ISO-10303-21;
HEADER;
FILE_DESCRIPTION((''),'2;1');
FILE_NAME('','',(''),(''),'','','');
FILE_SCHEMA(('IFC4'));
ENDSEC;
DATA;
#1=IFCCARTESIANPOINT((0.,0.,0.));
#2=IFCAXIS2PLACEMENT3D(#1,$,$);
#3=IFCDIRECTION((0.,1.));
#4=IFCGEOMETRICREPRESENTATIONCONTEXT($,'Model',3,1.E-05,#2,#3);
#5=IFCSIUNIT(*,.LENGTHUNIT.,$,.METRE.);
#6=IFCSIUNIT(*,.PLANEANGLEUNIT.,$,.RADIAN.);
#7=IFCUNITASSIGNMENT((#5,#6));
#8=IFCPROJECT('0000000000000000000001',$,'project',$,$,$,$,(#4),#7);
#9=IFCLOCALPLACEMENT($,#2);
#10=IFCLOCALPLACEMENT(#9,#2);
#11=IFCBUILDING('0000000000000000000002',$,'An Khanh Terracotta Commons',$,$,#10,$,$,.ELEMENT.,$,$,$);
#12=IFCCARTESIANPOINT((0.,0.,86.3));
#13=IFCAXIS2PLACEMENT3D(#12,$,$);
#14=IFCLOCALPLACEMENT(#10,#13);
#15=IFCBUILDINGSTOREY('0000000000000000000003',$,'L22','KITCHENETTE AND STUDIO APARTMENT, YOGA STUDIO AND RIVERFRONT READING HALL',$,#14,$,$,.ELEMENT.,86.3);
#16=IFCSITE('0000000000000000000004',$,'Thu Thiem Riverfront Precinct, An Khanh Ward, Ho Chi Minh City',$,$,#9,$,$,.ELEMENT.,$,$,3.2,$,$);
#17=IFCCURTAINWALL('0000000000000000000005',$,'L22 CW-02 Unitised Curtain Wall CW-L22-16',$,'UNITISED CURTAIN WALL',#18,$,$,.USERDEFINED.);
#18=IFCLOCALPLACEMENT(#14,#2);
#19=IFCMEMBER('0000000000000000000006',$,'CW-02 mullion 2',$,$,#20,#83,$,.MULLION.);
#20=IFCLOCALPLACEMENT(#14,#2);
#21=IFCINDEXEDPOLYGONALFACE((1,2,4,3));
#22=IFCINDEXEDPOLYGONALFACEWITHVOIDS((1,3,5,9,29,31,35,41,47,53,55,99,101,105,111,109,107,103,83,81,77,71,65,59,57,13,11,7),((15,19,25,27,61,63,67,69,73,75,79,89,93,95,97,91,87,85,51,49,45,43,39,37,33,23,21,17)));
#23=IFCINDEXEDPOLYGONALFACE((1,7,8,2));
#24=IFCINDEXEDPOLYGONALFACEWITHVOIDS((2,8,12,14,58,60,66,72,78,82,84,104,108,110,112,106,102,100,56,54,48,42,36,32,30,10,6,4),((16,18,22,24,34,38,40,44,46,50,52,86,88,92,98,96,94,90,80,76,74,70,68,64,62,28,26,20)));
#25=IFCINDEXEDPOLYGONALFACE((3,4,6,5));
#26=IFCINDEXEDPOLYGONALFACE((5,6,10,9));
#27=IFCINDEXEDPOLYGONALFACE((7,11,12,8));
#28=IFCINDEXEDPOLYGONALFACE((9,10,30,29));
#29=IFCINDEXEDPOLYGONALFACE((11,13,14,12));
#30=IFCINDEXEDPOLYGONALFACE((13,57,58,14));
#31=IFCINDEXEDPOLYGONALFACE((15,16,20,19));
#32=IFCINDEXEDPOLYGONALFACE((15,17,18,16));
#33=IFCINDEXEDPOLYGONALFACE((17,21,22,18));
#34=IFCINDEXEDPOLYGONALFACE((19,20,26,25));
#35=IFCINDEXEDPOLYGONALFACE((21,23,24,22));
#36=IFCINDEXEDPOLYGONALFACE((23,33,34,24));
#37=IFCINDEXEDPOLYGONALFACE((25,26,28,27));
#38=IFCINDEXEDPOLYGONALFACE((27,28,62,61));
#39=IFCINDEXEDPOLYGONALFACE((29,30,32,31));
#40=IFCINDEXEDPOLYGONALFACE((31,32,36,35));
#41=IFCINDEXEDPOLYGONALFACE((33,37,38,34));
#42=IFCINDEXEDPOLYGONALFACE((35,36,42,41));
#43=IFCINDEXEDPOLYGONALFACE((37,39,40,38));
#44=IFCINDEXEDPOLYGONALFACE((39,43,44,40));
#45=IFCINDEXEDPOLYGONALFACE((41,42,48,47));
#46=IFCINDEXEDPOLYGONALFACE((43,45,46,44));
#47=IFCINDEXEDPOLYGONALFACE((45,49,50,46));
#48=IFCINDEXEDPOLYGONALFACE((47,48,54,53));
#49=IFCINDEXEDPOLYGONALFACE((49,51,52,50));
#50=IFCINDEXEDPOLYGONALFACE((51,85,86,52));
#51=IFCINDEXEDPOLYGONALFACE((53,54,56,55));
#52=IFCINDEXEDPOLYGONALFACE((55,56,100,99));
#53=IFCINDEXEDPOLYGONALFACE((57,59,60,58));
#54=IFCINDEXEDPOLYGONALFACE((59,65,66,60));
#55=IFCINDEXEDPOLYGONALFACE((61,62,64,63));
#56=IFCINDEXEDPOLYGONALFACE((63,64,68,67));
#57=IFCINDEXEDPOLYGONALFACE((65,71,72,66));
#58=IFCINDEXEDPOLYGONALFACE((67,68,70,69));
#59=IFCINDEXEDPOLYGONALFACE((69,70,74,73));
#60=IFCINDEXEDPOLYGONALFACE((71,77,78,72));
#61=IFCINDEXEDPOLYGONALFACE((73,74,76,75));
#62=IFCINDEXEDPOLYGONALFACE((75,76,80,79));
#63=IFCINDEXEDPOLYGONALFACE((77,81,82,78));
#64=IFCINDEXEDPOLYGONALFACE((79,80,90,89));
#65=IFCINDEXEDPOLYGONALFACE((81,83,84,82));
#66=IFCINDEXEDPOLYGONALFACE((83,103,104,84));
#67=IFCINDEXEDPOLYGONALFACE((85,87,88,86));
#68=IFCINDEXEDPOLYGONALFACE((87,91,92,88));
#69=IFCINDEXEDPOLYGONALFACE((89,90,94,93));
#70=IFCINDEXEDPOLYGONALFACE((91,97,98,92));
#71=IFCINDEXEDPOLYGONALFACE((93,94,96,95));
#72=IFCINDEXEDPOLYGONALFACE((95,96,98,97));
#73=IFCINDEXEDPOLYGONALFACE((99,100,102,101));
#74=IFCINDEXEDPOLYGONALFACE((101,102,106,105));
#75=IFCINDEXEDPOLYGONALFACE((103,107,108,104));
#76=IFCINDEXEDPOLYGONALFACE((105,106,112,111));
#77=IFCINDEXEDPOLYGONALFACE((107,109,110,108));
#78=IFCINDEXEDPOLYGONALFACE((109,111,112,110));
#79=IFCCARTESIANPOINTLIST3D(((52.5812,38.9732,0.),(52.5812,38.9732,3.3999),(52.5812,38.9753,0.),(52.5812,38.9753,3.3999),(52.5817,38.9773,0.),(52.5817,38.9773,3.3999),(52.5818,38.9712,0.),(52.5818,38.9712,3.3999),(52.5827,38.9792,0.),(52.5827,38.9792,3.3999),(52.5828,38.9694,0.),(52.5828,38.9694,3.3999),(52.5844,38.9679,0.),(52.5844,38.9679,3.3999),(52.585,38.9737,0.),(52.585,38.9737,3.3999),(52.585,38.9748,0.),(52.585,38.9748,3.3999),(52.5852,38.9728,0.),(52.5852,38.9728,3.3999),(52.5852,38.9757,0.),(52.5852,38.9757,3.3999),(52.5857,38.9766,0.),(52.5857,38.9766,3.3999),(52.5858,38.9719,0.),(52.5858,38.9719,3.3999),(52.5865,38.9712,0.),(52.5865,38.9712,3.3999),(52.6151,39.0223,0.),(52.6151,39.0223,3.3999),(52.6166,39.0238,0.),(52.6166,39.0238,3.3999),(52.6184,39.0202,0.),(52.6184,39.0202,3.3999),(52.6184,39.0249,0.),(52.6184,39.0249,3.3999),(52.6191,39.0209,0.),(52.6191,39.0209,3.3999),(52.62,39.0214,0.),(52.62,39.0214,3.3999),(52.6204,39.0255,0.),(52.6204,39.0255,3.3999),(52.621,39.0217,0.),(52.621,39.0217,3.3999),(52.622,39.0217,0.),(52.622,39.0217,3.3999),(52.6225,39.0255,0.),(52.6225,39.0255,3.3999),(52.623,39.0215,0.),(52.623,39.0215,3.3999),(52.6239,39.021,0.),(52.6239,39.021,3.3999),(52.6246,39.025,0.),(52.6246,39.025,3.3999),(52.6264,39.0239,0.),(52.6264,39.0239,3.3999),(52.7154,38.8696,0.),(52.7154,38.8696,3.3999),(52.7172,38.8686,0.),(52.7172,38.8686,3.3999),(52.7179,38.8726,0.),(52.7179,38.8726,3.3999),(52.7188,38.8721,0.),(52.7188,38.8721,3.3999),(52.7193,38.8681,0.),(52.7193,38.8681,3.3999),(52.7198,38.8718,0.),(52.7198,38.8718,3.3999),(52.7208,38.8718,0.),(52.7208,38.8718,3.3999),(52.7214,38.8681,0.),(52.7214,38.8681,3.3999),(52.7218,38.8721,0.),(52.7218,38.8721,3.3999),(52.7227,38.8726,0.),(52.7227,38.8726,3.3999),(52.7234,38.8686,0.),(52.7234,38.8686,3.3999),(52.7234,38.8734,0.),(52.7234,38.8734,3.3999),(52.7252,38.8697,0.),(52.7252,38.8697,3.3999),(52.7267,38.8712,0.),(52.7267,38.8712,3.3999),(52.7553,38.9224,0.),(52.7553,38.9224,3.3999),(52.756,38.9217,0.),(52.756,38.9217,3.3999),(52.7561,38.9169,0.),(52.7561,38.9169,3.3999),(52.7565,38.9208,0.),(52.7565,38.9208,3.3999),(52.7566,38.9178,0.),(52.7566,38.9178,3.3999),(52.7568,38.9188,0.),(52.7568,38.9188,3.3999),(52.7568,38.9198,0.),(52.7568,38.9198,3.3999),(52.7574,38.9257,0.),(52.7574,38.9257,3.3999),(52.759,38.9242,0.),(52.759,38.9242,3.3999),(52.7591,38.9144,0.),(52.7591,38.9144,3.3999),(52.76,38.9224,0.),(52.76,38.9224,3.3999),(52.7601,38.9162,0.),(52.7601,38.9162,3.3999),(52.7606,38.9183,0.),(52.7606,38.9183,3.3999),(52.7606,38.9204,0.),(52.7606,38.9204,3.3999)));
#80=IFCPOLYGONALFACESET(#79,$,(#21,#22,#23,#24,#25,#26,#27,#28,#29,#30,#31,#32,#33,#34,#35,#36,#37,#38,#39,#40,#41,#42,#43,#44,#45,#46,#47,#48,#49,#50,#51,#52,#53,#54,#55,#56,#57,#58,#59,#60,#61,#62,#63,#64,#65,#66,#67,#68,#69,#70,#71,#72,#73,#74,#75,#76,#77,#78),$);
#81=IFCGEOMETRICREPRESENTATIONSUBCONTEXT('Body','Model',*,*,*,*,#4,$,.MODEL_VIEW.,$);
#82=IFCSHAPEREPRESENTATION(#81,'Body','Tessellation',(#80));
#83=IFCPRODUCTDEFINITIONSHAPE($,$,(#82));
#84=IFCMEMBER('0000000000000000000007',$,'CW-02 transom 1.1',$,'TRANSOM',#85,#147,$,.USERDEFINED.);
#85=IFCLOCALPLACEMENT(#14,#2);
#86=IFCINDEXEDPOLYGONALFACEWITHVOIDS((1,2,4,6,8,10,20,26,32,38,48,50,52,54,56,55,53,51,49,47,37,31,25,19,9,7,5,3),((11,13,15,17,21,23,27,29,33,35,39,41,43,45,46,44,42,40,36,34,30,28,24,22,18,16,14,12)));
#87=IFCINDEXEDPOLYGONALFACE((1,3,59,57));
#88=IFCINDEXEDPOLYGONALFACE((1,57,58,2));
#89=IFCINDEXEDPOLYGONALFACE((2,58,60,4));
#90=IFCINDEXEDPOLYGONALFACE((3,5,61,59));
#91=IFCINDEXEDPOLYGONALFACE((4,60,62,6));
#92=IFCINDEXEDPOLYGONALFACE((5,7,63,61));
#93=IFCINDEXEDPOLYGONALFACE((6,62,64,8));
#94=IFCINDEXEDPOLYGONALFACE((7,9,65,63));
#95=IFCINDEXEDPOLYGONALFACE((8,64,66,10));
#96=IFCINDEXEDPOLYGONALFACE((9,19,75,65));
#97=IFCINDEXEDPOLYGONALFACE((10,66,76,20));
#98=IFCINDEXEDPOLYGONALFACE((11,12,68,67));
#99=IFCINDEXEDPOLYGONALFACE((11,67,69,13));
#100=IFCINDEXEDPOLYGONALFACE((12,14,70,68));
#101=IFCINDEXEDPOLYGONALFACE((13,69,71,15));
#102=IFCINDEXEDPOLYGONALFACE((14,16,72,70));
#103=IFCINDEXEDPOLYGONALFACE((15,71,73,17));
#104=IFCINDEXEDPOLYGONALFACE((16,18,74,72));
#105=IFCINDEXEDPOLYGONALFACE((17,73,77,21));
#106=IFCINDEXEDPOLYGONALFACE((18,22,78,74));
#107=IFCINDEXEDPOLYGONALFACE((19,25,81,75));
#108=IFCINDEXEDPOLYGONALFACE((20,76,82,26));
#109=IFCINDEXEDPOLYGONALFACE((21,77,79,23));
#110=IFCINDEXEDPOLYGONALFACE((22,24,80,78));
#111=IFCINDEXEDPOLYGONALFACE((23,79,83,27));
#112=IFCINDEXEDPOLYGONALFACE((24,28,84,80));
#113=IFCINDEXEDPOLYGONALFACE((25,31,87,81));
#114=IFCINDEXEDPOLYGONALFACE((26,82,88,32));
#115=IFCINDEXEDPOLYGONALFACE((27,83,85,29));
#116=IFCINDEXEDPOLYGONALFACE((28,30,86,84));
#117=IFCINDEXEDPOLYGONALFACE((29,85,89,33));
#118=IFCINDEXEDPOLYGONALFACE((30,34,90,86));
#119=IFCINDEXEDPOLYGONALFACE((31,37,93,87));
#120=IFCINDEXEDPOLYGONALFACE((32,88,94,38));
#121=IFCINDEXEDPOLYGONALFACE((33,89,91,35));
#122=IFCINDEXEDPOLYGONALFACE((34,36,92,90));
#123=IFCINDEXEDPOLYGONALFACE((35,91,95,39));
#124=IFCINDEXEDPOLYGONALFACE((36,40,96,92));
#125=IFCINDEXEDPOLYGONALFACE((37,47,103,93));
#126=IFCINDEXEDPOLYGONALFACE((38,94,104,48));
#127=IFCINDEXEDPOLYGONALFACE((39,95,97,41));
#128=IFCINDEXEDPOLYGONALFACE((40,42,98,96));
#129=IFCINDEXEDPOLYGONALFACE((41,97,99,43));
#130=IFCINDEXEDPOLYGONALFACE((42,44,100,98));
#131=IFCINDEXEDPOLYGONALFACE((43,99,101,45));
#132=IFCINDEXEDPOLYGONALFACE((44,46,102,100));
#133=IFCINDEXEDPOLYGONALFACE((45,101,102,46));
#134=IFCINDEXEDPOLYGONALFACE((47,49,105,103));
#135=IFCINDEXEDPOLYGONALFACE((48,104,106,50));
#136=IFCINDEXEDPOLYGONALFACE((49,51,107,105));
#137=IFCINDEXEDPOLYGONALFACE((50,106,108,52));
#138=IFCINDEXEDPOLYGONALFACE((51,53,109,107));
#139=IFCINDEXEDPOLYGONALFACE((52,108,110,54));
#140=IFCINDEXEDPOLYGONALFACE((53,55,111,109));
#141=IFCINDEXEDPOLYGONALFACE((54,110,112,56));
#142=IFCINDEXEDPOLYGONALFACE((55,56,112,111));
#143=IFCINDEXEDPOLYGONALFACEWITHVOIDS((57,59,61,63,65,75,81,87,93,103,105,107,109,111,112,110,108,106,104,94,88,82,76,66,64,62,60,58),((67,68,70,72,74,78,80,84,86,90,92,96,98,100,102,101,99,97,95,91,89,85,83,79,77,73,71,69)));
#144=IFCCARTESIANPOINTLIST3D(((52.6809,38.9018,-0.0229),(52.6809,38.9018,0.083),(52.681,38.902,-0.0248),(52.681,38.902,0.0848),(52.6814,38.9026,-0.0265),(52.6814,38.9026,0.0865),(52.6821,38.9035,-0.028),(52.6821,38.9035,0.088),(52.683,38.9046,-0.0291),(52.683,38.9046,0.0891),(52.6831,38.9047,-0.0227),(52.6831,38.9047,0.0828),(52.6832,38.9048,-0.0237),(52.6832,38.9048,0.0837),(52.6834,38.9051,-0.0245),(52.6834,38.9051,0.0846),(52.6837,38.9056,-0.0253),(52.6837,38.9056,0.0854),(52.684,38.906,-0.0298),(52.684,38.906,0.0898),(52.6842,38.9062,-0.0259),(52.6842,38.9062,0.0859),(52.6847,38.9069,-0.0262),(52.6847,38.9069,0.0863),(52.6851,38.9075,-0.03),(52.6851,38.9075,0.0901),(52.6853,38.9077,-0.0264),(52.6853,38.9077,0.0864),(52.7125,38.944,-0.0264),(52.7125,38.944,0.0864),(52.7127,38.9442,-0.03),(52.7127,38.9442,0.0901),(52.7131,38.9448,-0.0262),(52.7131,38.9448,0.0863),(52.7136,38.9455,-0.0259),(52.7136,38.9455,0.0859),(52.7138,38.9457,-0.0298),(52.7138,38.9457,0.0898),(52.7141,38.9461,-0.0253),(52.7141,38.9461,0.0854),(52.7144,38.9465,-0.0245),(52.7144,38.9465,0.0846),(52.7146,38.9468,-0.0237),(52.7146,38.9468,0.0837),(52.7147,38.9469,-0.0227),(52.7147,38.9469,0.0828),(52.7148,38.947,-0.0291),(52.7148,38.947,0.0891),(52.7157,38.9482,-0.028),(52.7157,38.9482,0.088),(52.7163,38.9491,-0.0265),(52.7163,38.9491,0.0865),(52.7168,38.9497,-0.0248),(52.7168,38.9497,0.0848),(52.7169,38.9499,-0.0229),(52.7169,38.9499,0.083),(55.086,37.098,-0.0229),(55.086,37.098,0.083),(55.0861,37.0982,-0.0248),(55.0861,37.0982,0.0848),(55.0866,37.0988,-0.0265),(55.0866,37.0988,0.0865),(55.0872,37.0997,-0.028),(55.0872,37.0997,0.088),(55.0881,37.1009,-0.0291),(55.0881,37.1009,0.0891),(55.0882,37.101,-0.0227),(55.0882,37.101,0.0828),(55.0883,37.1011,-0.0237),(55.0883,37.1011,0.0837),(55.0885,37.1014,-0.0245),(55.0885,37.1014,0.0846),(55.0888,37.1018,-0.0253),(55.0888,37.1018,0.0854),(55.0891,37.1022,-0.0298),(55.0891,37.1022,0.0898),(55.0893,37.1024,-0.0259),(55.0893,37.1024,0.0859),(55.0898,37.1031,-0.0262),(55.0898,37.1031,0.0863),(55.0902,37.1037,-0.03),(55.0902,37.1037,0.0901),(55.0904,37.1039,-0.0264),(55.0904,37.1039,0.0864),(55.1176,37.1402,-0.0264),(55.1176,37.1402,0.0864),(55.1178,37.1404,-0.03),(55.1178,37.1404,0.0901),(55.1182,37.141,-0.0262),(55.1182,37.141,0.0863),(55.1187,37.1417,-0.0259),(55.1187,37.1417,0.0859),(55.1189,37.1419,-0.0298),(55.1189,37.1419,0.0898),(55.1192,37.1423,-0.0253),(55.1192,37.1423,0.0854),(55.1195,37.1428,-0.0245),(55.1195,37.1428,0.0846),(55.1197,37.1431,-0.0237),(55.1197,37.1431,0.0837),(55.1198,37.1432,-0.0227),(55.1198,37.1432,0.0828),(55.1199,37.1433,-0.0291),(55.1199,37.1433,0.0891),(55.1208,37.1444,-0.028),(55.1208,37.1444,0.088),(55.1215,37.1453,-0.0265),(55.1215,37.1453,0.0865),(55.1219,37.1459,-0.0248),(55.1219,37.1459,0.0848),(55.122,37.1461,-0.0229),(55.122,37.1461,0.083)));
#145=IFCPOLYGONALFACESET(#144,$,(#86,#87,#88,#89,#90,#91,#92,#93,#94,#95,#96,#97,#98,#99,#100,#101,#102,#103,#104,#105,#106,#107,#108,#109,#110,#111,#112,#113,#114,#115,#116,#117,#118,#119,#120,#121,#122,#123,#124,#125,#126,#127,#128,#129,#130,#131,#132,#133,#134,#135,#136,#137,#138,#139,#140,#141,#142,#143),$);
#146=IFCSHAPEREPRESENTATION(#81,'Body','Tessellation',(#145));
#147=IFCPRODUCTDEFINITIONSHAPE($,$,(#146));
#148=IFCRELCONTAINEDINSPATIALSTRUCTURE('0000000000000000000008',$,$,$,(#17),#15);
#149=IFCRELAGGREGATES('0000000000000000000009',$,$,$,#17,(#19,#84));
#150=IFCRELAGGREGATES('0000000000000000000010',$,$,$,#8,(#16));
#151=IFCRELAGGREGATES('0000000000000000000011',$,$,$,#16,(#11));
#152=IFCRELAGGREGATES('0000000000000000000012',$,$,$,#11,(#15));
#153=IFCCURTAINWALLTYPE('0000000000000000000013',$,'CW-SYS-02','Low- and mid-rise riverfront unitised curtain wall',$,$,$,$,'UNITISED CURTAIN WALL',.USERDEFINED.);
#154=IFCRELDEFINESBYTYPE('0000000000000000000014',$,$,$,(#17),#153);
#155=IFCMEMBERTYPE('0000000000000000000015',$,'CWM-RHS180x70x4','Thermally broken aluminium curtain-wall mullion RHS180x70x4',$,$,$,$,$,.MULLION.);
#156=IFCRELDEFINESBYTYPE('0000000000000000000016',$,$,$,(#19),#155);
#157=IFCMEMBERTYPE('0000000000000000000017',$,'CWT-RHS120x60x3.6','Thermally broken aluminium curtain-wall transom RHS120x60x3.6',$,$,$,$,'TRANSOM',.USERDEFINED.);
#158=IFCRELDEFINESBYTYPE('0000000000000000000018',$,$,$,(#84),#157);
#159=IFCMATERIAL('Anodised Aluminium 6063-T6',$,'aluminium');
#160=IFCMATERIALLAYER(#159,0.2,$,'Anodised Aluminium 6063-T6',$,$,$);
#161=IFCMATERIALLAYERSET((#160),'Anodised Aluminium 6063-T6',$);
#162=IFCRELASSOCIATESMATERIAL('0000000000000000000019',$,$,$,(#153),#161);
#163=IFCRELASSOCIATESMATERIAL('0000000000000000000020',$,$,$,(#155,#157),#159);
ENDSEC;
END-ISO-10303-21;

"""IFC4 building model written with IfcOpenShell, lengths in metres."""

from ifc_helpers import new_model, si_unit, direction, frame, origin, origin_2d, place, context, subcontext, project, spatial, hollow_rectangle, extrude, material, layer, layer_set, material_profile, profile_set, type_object, element, aggregate, save


model = new_model("IFC4")

# Units and contexts
model_context = context("Model", 3, precision=1e-05, world=origin(), true_north=direction((0.0, 1.0)))
body_context = subcontext(model_context, "Body", "Model", "MODEL_VIEW")
ifc_project = project(units=[si_unit("LENGTHUNIT", "METRE"), si_unit("PLANEANGLEUNIT", "RADIAN")], contexts=[model_context])

# Site, building, storey
site_placement = place(None, origin())
site = spatial("IfcSite", under=ifc_project, at=site_placement, Name="Thu Thiem Riverfront Precinct, An Khanh Ward, Ho Chi Minh City", CompositionType="ELEMENT", RefElevation=3.2)
building_placement = place(site_placement, origin())
building = spatial("IfcBuilding", under=site, at=building_placement, Name="An Khanh Terracotta Commons", CompositionType="ELEMENT")
storey_placement = place(building_placement, frame((0.0, 0.0, 86.3)))
storey = spatial("IfcBuildingStorey", under=building, at=storey_placement, Name="L22", Description="KITCHENETTE AND STUDIO APARTMENT, YOGA STUDIO AND RIVERFRONT READING HALL", CompositionType="ELEMENT", Elevation=86.3)

# Shared definitions
ifc_material_1 = material(Name="Anodised Aluminium 6063-T6", Category="aluminium")
ifc_layer_1 = layer(ifc_material_1, 0.2, Name="Anodised Aluminium 6063-T6")
ifc_layer_set_1 = layer_set([ifc_layer_1], Name="Anodised Aluminium 6063-T6")
curtain_wall_type = type_object("IfcCurtainWallType", Name="CW-SYS-02", Description="Low- and mid-rise riverfront unitised curtain wall", ElementType="UNITISED CURTAIN WALL", PredefinedType="USERDEFINED", material=ifc_layer_set_1)
ifc_material_profile_1 = material_profile(ifc_material_1, hollow_rectangle(XDim=0.0701, YDim=0.1799, WallThickness=0.0039, InnerFilletRadius=0.0039, OuterFilletRadius=0.0081, at=origin_2d()), Name="RHS180x70x4")
ifc_profile_set_1 = profile_set([ifc_material_profile_1], Name="Anodised Aluminium 6063-T6")
member_type_1 = type_object("IfcMemberType", Name="CWM-RHS180x70x4", Description="Thermally broken aluminium curtain-wall mullion RHS180x70x4", PredefinedType="MULLION", material=ifc_profile_set_1)

# Curtain wall, members
curtain_wall_1_placement = place(storey_placement, origin())
curtain_wall_1 = element("IfcCurtainWall", 1, at=curtain_wall_1_placement, inside=storey, type_object=curtain_wall_type, Name="L22 CW-02 Unitised Curtain Wall CW-L22-16", ObjectType="UNITISED CURTAIN WALL", PredefinedType="USERDEFINED")
member_1_placement = place(storey_placement, frame((52.6709, 38.9468, 0.0), z_axis=(0.0, 0.0, 1.0), x_axis=(-0.599983, -0.800013, 0.0)))
member_1 = element("IfcMember", 2, at=member_1_placement, type_object=member_type_1, Name="CW-02 mullion 2", PredefinedType="MULLION", context=body_context, shape_type="SweptSolid", body=[
    extrude(hollow_rectangle(XDim=0.0701, YDim=0.1799, WallThickness=0.0039, InnerFilletRadius=0.0039, OuterFilletRadius=0.0081, at=origin_2d()), origin(), (0.0, 0.0, 1.0), 3.3999),
])
ifc_material_profile_2 = material_profile(ifc_material_1, hollow_rectangle(XDim=0.0601, YDim=0.1201, WallThickness=0.0037, InnerFilletRadius=0.0037, OuterFilletRadius=0.0071, at=origin_2d()), Name="RHS120x60x3.6")
ifc_profile_set_2 = profile_set([ifc_material_profile_2], Name="Anodised Aluminium 6063-T6")
member_type_2 = type_object("IfcMemberType", Name="CWT-RHS120x60x3.6", Description="Thermally broken aluminium curtain-wall transom RHS120x60x3.6", ElementType="TRANSOM", PredefinedType="USERDEFINED", material=ifc_profile_set_2)
member_2_placement = place(storey_placement, frame((55.104, 37.1221, 0.03), z_axis=(-0.80001, 0.599987, 0.0), x_axis=(-0.599987, -0.80001, 0.0)))
member_2 = element("IfcMember", 3, at=member_2_placement, type_object=member_type_2, Name="CW-02 transom 1.1", ObjectType="TRANSOM", PredefinedType="USERDEFINED", context=body_context, shape_type="SweptSolid", body=[
    extrude(hollow_rectangle(XDim=0.0601, YDim=0.1201, WallThickness=0.0037, InnerFilletRadius=0.0037, OuterFilletRadius=0.0071, at=origin_2d()), origin(), (0.0, 0.0, 1.0), 3.0063),
])
aggregate(curtain_wall_1, [member_1, member_2])

save(model, "model.ifc")
